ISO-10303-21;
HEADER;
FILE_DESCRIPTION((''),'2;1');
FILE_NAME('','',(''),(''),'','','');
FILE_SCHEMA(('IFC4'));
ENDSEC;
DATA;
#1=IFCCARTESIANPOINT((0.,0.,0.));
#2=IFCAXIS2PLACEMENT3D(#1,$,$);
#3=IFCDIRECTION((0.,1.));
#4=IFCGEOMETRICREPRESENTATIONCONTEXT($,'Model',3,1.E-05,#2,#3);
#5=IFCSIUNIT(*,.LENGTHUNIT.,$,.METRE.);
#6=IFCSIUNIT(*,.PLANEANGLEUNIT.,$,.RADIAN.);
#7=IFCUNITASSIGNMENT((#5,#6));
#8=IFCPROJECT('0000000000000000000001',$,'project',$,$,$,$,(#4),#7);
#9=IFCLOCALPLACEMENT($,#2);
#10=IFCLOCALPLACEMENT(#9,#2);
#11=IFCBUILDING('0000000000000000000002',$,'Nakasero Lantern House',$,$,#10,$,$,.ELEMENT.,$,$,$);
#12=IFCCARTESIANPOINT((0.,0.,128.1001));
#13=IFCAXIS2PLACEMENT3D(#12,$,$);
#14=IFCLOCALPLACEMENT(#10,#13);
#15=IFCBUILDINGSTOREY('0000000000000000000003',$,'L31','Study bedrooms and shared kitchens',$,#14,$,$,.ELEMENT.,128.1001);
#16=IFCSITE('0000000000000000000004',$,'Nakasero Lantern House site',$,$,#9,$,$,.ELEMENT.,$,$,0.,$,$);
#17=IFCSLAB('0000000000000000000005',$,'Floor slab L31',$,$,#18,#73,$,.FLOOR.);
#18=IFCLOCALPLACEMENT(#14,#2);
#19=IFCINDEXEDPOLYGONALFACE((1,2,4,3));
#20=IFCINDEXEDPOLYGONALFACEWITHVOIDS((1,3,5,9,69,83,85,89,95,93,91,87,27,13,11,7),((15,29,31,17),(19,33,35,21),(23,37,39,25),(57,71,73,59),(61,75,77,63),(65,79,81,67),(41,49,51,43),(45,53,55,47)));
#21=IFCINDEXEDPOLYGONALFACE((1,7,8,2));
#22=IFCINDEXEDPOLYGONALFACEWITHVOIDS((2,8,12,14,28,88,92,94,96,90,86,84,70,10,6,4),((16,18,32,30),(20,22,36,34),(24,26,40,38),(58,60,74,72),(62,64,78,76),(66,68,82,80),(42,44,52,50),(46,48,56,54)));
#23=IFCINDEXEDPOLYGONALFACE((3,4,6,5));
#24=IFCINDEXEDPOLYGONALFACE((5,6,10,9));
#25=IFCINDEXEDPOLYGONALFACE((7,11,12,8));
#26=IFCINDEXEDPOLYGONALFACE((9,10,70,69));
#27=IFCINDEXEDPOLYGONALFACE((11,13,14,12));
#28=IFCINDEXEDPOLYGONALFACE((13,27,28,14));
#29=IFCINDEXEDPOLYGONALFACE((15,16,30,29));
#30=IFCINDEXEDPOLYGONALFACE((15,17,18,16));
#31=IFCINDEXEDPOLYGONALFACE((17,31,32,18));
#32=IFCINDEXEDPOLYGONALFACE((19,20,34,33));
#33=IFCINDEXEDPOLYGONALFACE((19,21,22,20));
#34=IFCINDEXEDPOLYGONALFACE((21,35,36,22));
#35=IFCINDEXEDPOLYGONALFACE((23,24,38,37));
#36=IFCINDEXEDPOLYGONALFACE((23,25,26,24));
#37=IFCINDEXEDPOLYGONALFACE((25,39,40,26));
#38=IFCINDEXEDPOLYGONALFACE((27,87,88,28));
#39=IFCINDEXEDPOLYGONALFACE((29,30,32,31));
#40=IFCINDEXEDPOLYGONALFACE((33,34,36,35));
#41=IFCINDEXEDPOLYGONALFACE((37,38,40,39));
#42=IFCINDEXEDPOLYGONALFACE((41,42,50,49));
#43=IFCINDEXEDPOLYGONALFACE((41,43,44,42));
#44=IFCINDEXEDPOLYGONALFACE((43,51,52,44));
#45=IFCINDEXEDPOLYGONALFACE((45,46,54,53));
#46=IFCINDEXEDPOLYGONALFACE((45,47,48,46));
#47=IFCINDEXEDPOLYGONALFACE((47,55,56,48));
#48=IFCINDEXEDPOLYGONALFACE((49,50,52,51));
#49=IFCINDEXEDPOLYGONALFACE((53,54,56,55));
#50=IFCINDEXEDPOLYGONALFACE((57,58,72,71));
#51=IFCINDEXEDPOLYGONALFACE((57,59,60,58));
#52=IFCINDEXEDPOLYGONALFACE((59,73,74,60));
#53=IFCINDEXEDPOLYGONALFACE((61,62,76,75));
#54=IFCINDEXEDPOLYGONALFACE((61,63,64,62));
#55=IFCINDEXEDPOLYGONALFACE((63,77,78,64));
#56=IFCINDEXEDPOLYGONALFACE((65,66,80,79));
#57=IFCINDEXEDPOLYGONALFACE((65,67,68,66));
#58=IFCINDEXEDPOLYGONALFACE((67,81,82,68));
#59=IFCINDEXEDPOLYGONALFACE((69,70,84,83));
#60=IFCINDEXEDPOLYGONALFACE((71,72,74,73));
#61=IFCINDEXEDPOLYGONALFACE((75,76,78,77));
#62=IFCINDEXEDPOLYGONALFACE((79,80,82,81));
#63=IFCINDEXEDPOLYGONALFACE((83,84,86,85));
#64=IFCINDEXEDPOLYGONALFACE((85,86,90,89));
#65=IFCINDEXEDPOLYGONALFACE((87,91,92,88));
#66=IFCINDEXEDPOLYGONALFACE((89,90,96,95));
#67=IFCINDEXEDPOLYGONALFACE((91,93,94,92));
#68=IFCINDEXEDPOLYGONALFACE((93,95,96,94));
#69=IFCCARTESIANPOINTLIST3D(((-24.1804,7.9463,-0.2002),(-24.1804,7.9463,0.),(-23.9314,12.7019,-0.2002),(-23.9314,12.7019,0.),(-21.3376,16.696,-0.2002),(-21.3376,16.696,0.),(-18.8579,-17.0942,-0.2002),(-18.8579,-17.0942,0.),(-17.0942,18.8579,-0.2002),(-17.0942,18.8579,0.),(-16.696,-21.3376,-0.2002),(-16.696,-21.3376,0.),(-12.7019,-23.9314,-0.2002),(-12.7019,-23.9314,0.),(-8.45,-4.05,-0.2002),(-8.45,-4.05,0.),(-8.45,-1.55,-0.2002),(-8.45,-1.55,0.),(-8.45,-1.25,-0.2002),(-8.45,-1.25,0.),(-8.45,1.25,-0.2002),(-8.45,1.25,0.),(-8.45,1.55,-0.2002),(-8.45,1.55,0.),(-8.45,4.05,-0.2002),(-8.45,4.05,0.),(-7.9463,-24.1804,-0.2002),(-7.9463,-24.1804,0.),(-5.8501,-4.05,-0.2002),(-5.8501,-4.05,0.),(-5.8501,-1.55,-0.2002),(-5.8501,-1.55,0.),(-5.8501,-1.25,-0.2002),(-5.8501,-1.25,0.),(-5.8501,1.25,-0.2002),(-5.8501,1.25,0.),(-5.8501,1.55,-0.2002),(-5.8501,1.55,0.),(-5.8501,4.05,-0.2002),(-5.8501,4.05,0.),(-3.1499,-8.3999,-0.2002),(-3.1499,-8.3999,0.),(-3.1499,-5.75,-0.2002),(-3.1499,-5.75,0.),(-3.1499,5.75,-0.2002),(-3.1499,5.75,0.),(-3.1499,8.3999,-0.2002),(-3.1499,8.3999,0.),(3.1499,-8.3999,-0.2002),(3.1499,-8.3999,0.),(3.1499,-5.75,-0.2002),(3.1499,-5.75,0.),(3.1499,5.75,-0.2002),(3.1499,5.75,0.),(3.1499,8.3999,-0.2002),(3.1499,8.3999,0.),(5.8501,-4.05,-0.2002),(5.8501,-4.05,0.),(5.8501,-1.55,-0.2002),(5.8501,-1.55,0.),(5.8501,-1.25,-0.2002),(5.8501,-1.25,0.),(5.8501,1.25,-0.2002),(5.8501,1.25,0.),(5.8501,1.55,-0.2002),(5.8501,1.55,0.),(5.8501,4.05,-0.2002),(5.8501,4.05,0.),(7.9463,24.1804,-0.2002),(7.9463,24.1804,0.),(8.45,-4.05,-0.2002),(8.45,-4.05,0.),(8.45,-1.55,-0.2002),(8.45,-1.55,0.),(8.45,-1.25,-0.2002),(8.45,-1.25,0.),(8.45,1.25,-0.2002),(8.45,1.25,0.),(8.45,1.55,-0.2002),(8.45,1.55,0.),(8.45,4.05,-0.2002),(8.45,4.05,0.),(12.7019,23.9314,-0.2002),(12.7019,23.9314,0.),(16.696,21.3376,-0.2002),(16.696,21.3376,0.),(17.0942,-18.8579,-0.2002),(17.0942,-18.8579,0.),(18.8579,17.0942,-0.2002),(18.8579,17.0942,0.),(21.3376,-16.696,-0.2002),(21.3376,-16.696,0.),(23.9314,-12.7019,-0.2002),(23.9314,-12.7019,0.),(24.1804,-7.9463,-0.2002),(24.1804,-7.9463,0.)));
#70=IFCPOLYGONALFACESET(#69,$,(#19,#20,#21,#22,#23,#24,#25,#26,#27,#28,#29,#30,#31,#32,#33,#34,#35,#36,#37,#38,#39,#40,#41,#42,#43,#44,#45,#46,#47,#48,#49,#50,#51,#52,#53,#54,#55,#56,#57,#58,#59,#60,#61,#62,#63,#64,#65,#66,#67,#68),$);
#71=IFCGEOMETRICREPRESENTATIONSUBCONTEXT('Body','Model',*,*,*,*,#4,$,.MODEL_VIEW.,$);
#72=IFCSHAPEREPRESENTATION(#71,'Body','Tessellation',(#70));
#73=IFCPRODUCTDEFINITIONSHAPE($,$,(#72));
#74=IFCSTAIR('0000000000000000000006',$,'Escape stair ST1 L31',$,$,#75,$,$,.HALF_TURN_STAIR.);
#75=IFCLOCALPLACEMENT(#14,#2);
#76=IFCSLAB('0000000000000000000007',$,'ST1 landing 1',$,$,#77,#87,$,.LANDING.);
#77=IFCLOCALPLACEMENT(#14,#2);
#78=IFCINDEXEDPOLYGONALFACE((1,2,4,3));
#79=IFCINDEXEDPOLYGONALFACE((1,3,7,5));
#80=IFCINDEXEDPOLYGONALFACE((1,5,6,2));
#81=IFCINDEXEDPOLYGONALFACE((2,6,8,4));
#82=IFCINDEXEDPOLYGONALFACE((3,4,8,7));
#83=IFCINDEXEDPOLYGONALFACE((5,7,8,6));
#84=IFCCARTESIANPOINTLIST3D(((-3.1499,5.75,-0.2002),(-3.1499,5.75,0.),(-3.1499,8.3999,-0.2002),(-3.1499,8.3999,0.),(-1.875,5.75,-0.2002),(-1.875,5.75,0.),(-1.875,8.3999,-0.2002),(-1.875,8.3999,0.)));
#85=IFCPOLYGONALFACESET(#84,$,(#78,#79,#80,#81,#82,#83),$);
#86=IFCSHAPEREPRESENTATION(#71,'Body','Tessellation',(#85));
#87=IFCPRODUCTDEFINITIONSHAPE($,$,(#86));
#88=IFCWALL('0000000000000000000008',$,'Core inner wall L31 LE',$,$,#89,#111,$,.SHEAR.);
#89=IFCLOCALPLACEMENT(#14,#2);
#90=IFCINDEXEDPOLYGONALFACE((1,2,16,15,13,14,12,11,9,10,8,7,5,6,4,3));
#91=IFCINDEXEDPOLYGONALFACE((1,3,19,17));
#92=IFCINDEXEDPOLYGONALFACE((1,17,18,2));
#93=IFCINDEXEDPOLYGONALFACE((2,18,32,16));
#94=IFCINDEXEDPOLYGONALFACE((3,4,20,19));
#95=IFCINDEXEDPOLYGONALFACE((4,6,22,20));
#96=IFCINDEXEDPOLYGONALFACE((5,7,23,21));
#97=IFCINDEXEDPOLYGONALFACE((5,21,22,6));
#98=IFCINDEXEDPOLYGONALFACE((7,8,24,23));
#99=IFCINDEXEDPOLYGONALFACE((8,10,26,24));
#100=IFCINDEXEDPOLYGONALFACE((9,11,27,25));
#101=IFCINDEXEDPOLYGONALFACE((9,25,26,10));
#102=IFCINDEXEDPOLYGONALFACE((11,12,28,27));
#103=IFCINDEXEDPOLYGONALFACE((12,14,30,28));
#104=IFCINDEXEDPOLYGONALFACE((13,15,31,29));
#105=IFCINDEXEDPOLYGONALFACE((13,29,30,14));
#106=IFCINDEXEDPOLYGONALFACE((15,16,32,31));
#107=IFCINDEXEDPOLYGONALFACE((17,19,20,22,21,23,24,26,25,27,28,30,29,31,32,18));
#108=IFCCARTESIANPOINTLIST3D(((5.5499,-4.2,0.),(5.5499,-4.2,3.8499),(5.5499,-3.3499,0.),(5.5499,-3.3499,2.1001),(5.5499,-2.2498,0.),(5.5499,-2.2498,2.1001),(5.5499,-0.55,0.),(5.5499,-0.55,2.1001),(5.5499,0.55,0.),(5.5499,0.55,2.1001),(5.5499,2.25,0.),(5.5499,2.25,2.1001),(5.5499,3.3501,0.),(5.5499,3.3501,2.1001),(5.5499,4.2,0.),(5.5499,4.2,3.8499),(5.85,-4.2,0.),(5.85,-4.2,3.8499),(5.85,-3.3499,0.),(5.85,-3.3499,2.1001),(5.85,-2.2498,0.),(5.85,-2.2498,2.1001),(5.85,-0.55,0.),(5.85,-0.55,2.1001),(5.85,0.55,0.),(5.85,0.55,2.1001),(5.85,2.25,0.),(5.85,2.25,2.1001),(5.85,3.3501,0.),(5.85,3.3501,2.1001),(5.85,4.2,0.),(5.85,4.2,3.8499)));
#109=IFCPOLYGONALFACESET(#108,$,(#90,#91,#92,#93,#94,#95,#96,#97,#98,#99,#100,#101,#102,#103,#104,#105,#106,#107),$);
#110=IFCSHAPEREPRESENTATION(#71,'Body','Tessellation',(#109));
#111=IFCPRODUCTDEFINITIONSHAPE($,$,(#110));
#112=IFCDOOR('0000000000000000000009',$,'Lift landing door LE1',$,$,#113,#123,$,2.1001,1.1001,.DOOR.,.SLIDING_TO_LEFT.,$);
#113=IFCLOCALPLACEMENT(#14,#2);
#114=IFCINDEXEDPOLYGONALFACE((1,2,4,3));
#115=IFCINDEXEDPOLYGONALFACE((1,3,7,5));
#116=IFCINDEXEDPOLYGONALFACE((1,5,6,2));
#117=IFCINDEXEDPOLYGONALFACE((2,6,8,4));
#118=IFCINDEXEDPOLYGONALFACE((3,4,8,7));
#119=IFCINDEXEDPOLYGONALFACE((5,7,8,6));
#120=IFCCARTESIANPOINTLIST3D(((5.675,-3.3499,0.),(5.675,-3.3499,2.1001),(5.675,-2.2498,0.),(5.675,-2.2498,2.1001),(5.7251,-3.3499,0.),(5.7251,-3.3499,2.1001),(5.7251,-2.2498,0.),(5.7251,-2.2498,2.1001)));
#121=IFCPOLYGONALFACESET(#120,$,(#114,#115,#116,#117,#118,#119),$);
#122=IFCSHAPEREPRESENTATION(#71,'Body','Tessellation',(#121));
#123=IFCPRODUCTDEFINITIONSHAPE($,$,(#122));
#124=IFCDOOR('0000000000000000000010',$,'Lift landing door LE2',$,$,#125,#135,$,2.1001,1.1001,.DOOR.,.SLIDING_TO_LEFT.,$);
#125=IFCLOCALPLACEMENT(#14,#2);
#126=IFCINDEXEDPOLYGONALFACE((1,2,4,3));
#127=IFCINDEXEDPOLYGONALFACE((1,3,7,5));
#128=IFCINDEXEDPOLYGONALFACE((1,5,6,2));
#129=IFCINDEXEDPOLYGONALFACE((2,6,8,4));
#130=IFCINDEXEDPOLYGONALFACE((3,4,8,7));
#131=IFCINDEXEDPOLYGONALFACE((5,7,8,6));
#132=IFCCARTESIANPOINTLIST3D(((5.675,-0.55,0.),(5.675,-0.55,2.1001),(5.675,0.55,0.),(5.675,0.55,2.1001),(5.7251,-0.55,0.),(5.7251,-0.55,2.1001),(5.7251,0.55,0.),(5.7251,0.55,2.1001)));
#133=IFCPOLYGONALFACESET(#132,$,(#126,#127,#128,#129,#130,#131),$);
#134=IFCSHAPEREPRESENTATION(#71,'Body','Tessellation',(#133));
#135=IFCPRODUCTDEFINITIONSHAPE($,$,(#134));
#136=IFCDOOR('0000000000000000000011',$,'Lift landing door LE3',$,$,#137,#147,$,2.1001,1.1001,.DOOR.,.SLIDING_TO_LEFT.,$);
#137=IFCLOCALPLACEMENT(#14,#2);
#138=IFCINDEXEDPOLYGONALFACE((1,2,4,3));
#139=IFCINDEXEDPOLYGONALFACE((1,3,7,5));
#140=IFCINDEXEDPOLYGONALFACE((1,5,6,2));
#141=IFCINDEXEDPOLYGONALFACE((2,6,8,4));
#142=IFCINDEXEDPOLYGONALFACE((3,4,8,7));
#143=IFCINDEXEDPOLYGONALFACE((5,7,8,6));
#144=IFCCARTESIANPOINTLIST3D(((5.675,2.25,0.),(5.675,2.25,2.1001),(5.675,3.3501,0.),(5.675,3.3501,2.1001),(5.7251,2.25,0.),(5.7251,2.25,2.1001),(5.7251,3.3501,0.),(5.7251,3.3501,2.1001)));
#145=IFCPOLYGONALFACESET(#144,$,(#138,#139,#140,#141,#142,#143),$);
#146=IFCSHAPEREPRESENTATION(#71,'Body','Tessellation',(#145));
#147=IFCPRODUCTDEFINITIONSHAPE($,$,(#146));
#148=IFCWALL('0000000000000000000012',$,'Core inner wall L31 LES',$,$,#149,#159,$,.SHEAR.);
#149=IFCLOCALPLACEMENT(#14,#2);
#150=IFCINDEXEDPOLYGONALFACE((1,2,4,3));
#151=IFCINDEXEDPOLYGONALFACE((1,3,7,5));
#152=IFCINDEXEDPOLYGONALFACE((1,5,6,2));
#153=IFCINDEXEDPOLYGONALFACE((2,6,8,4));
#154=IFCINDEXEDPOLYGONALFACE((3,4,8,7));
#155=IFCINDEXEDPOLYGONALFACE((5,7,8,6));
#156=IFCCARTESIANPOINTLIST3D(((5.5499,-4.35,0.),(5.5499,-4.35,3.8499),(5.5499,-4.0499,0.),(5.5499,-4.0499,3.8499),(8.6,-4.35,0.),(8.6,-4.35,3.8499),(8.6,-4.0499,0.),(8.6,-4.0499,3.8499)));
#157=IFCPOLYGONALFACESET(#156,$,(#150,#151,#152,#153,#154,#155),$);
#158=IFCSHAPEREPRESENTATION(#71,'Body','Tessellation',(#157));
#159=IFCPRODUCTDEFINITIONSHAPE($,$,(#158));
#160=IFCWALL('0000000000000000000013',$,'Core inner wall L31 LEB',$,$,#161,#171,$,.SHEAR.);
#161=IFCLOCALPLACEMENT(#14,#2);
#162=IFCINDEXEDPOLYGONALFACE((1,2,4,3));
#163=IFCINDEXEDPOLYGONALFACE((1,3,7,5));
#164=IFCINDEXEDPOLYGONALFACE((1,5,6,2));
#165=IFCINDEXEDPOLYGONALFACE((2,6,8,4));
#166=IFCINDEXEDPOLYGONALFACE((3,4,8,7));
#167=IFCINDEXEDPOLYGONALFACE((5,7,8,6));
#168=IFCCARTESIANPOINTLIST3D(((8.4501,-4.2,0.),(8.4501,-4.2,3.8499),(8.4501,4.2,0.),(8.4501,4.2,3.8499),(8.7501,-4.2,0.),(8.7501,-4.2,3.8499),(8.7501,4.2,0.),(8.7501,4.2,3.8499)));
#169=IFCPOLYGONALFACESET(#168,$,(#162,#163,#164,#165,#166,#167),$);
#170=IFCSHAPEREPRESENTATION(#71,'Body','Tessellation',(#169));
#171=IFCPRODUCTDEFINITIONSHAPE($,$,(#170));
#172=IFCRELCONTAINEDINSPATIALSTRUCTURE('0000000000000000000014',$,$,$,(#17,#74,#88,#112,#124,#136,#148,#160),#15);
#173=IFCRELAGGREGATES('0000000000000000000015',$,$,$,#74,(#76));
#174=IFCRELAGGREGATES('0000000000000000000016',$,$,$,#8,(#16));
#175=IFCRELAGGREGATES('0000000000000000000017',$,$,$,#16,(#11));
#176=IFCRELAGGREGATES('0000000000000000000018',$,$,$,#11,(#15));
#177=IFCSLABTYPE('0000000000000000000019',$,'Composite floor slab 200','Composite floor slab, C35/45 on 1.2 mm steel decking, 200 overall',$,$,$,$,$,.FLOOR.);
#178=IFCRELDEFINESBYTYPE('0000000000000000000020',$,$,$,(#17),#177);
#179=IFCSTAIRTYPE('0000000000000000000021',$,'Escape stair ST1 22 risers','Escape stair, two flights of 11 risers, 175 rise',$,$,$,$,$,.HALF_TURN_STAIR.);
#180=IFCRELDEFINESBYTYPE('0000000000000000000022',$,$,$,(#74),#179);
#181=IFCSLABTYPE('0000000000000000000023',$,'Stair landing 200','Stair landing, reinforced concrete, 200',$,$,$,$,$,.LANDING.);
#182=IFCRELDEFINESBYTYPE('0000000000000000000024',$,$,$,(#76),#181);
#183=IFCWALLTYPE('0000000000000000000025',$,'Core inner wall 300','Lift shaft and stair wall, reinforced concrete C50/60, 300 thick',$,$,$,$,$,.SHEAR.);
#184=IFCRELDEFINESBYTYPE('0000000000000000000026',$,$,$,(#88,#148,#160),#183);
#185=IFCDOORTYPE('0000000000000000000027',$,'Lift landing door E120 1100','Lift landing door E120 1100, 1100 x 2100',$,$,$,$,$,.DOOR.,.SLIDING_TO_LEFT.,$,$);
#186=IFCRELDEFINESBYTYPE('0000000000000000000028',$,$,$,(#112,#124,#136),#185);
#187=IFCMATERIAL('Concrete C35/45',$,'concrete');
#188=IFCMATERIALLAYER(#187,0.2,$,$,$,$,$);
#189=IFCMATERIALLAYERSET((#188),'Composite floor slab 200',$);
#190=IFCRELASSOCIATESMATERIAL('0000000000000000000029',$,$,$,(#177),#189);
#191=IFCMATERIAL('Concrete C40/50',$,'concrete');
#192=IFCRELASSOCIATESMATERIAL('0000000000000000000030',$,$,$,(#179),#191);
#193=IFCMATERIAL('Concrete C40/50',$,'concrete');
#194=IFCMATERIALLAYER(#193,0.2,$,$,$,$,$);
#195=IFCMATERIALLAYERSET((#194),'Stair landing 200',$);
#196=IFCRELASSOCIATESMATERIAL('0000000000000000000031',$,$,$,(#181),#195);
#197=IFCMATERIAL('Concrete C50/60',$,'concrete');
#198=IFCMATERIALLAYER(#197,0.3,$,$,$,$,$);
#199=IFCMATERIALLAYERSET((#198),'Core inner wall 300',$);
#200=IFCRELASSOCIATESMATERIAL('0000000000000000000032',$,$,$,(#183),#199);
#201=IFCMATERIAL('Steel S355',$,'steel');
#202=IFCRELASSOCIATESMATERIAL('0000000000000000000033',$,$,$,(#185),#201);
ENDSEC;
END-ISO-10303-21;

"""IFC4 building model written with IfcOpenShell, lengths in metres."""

from ifc_helpers import new_model, si_unit, direction, frame, frame_2d, origin, place, context, subcontext, project, spatial, polyline, rectangle, outline, extrude, material, layer, layer_set, type_object, element, fill, aggregate, save


model = new_model("IFC4")

# Units and contexts
model_context = context("Model", 3, precision=1e-05, world=origin(), true_north=direction((0.0, 1.0)))
body_context = subcontext(model_context, "Body", "Model", "MODEL_VIEW")
ifc_project = project(units=[si_unit("LENGTHUNIT", "METRE"), si_unit("PLANEANGLEUNIT", "RADIAN")], contexts=[model_context])

# Site, building, storey
site_placement = place(None, origin())
site = spatial("IfcSite", under=ifc_project, at=site_placement, Name="Nakasero Lantern House site", CompositionType="ELEMENT", RefElevation=0.0)
building_placement = place(site_placement, origin())
building = spatial("IfcBuilding", under=site, at=building_placement, Name="Nakasero Lantern House", CompositionType="ELEMENT")
storey_placement = place(building_placement, frame((0.0, 0.0, 128.1001)))
storey = spatial("IfcBuildingStorey", under=building, at=storey_placement, Name="L31", Description="Study bedrooms and shared kitchens", CompositionType="ELEMENT", Elevation=128.1001)

# Slab
ifc_material_1 = material(Name="Concrete C35/45", Category="concrete")
ifc_layer_1 = layer(ifc_material_1, 0.2)
ifc_layer_set_1 = layer_set([ifc_layer_1], Name="Composite floor slab 200")
slab_type_1 = type_object("IfcSlabType", Name="Composite floor slab 200", Description="Composite floor slab, C35/45 on 1.2 mm steel decking, 200 overall", PredefinedType="FLOOR", material=ifc_layer_set_1)
slab_1_placement = place(storey_placement, frame((0.0, 0.0, -0.2002)))
element("IfcSlab", 1, at=slab_1_placement, inside=storey, type_object=slab_type_1, Name="Floor slab L31", PredefinedType="FLOOR", context=body_context, shape_type="SweptSolid", body=[
    extrude(outline(polyline([(18.8579, 17.0942), (16.696, 21.3376), (12.7019, 23.9314), (7.9463, 24.1804), (-17.0942, 18.8579), (-21.3376, 16.696), (-23.9314, 12.7019), (-24.1804, 7.9463), (-18.8579, -17.0942), (-16.696, -21.3376), (-12.7019, -23.9314), (-7.9463, -24.1804), (17.0942, -18.8579), (21.3376, -16.696), (23.9314, -12.7019), (24.1804, -7.9463), (18.8579, 17.0942)]), holes=[polyline([(-8.45, -4.05), (-5.8501, -4.05), (-5.8501, -1.55), (-8.45, -1.55), (-8.45, -4.05)]), polyline([(-8.45, -1.25), (-5.8501, -1.25), (-5.8501, 1.25), (-8.45, 1.25), (-8.45, -1.25)]), polyline([(-8.45, 1.55), (-5.8501, 1.55), (-5.8501, 4.05), (-8.45, 4.05), (-8.45, 1.55)]), polyline([(5.8501, -4.05), (8.45, -4.05), (8.45, -1.55), (5.8501, -1.55), (5.8501, -4.05)]), polyline([(5.8501, -1.25), (8.45, -1.25), (8.45, 1.25), (5.8501, 1.25), (5.8501, -1.25)]), polyline([(5.8501, 1.55), (8.45, 1.55), (8.45, 4.05), (5.8501, 4.05), (5.8501, 1.55)]), polyline([(-3.1499, 5.75), (3.1499, 5.75), (3.1499, 8.3999), (-3.1499, 8.3999), (-3.1499, 5.75)]), polyline([(-3.1499, -8.3999), (3.1499, -8.3999), (3.1499, -5.75), (-3.1499, -5.75), (-3.1499, -8.3999)])]), origin(), (0.0, 0.0, 1.0), 0.2002),
])

# Stair, slab
ifc_material_2 = material(Name="Concrete C40/50", Category="concrete")
stair_type_1 = type_object("IfcStairType", Name="Escape stair ST1 22 risers", Description="Escape stair, two flights of 11 risers, 175 rise", PredefinedType="HALF_TURN_STAIR", material=ifc_material_2)
stair_1_placement = place(storey_placement, origin())
stair_1 = element("IfcStair", 2, at=stair_1_placement, inside=storey, type_object=stair_type_1, Name="Escape stair ST1 L31", PredefinedType="HALF_TURN_STAIR")
ifc_material_3 = material(Name="Concrete C40/50", Category="concrete")
ifc_layer_2 = layer(ifc_material_3, 0.2)
ifc_layer_set_2 = layer_set([ifc_layer_2], Name="Stair landing 200")
slab_type_2 = type_object("IfcSlabType", Name="Stair landing 200", Description="Stair landing, reinforced concrete, 200", PredefinedType="LANDING", material=ifc_layer_set_2)
slab_2_placement = place(storey_placement, frame((0.0, 0.0, -0.2002)))
slab_2 = element("IfcSlab", 3, at=slab_2_placement, type_object=slab_type_2, Name="ST1 landing 1", PredefinedType="LANDING", context=body_context, shape_type="SweptSolid", body=[
    extrude(outline(polyline([(-3.1499, 5.75), (-1.875, 5.75), (-1.875, 8.3999), (-3.1499, 8.3999), (-3.1499, 5.75)])), origin(), (0.0, 0.0, 1.0), 0.2002),
])
aggregate(stair_1, [slab_2])

# Wall, openings, doors
ifc_material_4 = material(Name="Concrete C50/60", Category="concrete")
ifc_layer_3 = layer(ifc_material_4, 0.3)
ifc_layer_set_3 = layer_set([ifc_layer_3], Name="Core inner wall 300")
wall_type_1 = type_object("IfcWallType", Name="Core inner wall 300", Description="Lift shaft and stair wall, reinforced concrete C50/60, 300 thick", PredefinedType="SHEAR", material=ifc_layer_set_3)
wall_1_placement = place(storey_placement, frame((5.7, -4.2, 0.0), z_axis=(0.0, 0.0, 1.0), x_axis=(0.0, 1.0, 0.0)))
wall_1 = element("IfcWall", 4, at=wall_1_placement, inside=storey, type_object=wall_type_1, Name="Core inner wall L31 LE", PredefinedType="SHEAR", context=body_context, shape_type="SweptSolid", body=[
    extrude(rectangle(XDim=8.3999, YDim=0.3, at=frame_2d((4.2, 0.0))), origin(), (0.0, 0.0, 1.0), 3.8499),
])
opening_1_placement = place(wall_1_placement, frame((0.8501, 0.0, 0.0)))
opening_1 = element("IfcOpeningElement", 5, at=opening_1_placement, cuts=wall_1, PredefinedType="OPENING", context=body_context, shape_type="SweptSolid", body=[
    extrude(rectangle(XDim=1.1001, YDim=2.1001, at=frame_2d((0.55, 1.05))), frame((0.0, 0.1699, 0.0), z_axis=(0.0, -1.0, 0.0), x_axis=(1.0, 0.0, 0.0)), (0.0, 0.0, 1.0), 0.3401),
])
opening_2_placement = place(wall_1_placement, frame((3.6499, 0.0, 0.0)))
opening_2 = element("IfcOpeningElement", 6, at=opening_2_placement, cuts=wall_1, PredefinedType="OPENING", context=body_context, shape_type="SweptSolid", body=[
    extrude(rectangle(XDim=1.1001, YDim=2.1001, at=frame_2d((0.55, 1.05))), frame((0.0, 0.1699, 0.0), z_axis=(0.0, -1.0, 0.0), x_axis=(1.0, 0.0, 0.0)), (0.0, 0.0, 1.0), 0.3401),
])
opening_3_placement = place(wall_1_placement, frame((6.45, 0.0, 0.0)))
opening_3 = element("IfcOpeningElement", 7, at=opening_3_placement, cuts=wall_1, PredefinedType="OPENING", context=body_context, shape_type="SweptSolid", body=[
    extrude(rectangle(XDim=1.1001, YDim=2.1001, at=frame_2d((0.55, 1.05))), frame((0.0, 0.1699, 0.0), z_axis=(0.0, -1.0, 0.0), x_axis=(1.0, 0.0, 0.0)), (0.0, 0.0, 1.0), 0.3401),
])
ifc_material_5 = material(Name="Steel S355", Category="steel")
door_type_1 = type_object("IfcDoorType", Name="Lift landing door E120 1100", Description="Lift landing door E120 1100, 1100 x 2100", OperationType="SLIDING_TO_LEFT", PredefinedType="DOOR", material=ifc_material_5)
door_1_placement = place(opening_1_placement, origin())
door_1 = element("IfcDoor", 8, at=door_1_placement, inside=storey, type_object=door_type_1, Name="Lift landing door LE1", OperationType="SLIDING_TO_LEFT", OverallHeight=2.1001, OverallWidth=1.1001, PredefinedType="DOOR", context=body_context, shape_type="SweptSolid", body=[
    extrude(rectangle(XDim=1.1001, YDim=2.1001, at=frame_2d((0.55, 1.05))), frame((0.0, 0.0249, 0.0), z_axis=(0.0, -1.0, 0.0), x_axis=(1.0, 0.0, 0.0)), (0.0, 0.0, 1.0), 0.05),
])
fill(opening_1, door_1)
door_2_placement = place(opening_2_placement, origin())
door_2 = element("IfcDoor", 9, at=door_2_placement, inside=storey, type_object=door_type_1, Name="Lift landing door LE2", OperationType="SLIDING_TO_LEFT", OverallHeight=2.1001, OverallWidth=1.1001, PredefinedType="DOOR", context=body_context, shape_type="SweptSolid", body=[
    extrude(rectangle(XDim=1.1001, YDim=2.1001, at=frame_2d((0.55, 1.05))), frame((0.0, 0.0249, 0.0), z_axis=(0.0, -1.0, 0.0), x_axis=(1.0, 0.0, 0.0)), (0.0, 0.0, 1.0), 0.05),
])
fill(opening_2, door_2)
door_3_placement = place(opening_3_placement, origin())
door_3 = element("IfcDoor", 10, at=door_3_placement, inside=storey, type_object=door_type_1, Name="Lift landing door LE3", OperationType="SLIDING_TO_LEFT", OverallHeight=2.1001, OverallWidth=1.1001, PredefinedType="DOOR", context=body_context, shape_type="SweptSolid", body=[
    extrude(rectangle(XDim=1.1001, YDim=2.1001, at=frame_2d((0.55, 1.05))), frame((0.0, 0.0249, 0.0), z_axis=(0.0, -1.0, 0.0), x_axis=(1.0, 0.0, 0.0)), (0.0, 0.0, 1.0), 0.05),
])
fill(opening_3, door_3)

# Walls
wall_2_placement = place(storey_placement, frame((5.55, -4.2, 0.0), z_axis=(0.0, 0.0, 1.0), x_axis=(1.0, 0.0, 0.0)))
element("IfcWall", 11, at=wall_2_placement, inside=storey, type_object=wall_type_1, Name="Core inner wall L31 LES", PredefinedType="SHEAR", context=body_context, shape_type="SweptSolid", body=[
    extrude(rectangle(XDim=3.05, YDim=0.3, at=frame_2d((1.5249, 0.0))), origin(), (0.0, 0.0, 1.0), 3.8499),
])
wall_3_placement = place(storey_placement, frame((8.6001, -4.2, 0.0), z_axis=(0.0, 0.0, 1.0), x_axis=(0.0, 1.0, 0.0)))
element("IfcWall", 12, at=wall_3_placement, inside=storey, type_object=wall_type_1, Name="Core inner wall L31 LEB", PredefinedType="SHEAR", context=body_context, shape_type="SweptSolid", body=[
    extrude(rectangle(XDim=8.3999, YDim=0.3, at=frame_2d((4.2, 0.0))), origin(), (0.0, 0.0, 1.0), 3.8499),
])

save(model, "model.ifc")
